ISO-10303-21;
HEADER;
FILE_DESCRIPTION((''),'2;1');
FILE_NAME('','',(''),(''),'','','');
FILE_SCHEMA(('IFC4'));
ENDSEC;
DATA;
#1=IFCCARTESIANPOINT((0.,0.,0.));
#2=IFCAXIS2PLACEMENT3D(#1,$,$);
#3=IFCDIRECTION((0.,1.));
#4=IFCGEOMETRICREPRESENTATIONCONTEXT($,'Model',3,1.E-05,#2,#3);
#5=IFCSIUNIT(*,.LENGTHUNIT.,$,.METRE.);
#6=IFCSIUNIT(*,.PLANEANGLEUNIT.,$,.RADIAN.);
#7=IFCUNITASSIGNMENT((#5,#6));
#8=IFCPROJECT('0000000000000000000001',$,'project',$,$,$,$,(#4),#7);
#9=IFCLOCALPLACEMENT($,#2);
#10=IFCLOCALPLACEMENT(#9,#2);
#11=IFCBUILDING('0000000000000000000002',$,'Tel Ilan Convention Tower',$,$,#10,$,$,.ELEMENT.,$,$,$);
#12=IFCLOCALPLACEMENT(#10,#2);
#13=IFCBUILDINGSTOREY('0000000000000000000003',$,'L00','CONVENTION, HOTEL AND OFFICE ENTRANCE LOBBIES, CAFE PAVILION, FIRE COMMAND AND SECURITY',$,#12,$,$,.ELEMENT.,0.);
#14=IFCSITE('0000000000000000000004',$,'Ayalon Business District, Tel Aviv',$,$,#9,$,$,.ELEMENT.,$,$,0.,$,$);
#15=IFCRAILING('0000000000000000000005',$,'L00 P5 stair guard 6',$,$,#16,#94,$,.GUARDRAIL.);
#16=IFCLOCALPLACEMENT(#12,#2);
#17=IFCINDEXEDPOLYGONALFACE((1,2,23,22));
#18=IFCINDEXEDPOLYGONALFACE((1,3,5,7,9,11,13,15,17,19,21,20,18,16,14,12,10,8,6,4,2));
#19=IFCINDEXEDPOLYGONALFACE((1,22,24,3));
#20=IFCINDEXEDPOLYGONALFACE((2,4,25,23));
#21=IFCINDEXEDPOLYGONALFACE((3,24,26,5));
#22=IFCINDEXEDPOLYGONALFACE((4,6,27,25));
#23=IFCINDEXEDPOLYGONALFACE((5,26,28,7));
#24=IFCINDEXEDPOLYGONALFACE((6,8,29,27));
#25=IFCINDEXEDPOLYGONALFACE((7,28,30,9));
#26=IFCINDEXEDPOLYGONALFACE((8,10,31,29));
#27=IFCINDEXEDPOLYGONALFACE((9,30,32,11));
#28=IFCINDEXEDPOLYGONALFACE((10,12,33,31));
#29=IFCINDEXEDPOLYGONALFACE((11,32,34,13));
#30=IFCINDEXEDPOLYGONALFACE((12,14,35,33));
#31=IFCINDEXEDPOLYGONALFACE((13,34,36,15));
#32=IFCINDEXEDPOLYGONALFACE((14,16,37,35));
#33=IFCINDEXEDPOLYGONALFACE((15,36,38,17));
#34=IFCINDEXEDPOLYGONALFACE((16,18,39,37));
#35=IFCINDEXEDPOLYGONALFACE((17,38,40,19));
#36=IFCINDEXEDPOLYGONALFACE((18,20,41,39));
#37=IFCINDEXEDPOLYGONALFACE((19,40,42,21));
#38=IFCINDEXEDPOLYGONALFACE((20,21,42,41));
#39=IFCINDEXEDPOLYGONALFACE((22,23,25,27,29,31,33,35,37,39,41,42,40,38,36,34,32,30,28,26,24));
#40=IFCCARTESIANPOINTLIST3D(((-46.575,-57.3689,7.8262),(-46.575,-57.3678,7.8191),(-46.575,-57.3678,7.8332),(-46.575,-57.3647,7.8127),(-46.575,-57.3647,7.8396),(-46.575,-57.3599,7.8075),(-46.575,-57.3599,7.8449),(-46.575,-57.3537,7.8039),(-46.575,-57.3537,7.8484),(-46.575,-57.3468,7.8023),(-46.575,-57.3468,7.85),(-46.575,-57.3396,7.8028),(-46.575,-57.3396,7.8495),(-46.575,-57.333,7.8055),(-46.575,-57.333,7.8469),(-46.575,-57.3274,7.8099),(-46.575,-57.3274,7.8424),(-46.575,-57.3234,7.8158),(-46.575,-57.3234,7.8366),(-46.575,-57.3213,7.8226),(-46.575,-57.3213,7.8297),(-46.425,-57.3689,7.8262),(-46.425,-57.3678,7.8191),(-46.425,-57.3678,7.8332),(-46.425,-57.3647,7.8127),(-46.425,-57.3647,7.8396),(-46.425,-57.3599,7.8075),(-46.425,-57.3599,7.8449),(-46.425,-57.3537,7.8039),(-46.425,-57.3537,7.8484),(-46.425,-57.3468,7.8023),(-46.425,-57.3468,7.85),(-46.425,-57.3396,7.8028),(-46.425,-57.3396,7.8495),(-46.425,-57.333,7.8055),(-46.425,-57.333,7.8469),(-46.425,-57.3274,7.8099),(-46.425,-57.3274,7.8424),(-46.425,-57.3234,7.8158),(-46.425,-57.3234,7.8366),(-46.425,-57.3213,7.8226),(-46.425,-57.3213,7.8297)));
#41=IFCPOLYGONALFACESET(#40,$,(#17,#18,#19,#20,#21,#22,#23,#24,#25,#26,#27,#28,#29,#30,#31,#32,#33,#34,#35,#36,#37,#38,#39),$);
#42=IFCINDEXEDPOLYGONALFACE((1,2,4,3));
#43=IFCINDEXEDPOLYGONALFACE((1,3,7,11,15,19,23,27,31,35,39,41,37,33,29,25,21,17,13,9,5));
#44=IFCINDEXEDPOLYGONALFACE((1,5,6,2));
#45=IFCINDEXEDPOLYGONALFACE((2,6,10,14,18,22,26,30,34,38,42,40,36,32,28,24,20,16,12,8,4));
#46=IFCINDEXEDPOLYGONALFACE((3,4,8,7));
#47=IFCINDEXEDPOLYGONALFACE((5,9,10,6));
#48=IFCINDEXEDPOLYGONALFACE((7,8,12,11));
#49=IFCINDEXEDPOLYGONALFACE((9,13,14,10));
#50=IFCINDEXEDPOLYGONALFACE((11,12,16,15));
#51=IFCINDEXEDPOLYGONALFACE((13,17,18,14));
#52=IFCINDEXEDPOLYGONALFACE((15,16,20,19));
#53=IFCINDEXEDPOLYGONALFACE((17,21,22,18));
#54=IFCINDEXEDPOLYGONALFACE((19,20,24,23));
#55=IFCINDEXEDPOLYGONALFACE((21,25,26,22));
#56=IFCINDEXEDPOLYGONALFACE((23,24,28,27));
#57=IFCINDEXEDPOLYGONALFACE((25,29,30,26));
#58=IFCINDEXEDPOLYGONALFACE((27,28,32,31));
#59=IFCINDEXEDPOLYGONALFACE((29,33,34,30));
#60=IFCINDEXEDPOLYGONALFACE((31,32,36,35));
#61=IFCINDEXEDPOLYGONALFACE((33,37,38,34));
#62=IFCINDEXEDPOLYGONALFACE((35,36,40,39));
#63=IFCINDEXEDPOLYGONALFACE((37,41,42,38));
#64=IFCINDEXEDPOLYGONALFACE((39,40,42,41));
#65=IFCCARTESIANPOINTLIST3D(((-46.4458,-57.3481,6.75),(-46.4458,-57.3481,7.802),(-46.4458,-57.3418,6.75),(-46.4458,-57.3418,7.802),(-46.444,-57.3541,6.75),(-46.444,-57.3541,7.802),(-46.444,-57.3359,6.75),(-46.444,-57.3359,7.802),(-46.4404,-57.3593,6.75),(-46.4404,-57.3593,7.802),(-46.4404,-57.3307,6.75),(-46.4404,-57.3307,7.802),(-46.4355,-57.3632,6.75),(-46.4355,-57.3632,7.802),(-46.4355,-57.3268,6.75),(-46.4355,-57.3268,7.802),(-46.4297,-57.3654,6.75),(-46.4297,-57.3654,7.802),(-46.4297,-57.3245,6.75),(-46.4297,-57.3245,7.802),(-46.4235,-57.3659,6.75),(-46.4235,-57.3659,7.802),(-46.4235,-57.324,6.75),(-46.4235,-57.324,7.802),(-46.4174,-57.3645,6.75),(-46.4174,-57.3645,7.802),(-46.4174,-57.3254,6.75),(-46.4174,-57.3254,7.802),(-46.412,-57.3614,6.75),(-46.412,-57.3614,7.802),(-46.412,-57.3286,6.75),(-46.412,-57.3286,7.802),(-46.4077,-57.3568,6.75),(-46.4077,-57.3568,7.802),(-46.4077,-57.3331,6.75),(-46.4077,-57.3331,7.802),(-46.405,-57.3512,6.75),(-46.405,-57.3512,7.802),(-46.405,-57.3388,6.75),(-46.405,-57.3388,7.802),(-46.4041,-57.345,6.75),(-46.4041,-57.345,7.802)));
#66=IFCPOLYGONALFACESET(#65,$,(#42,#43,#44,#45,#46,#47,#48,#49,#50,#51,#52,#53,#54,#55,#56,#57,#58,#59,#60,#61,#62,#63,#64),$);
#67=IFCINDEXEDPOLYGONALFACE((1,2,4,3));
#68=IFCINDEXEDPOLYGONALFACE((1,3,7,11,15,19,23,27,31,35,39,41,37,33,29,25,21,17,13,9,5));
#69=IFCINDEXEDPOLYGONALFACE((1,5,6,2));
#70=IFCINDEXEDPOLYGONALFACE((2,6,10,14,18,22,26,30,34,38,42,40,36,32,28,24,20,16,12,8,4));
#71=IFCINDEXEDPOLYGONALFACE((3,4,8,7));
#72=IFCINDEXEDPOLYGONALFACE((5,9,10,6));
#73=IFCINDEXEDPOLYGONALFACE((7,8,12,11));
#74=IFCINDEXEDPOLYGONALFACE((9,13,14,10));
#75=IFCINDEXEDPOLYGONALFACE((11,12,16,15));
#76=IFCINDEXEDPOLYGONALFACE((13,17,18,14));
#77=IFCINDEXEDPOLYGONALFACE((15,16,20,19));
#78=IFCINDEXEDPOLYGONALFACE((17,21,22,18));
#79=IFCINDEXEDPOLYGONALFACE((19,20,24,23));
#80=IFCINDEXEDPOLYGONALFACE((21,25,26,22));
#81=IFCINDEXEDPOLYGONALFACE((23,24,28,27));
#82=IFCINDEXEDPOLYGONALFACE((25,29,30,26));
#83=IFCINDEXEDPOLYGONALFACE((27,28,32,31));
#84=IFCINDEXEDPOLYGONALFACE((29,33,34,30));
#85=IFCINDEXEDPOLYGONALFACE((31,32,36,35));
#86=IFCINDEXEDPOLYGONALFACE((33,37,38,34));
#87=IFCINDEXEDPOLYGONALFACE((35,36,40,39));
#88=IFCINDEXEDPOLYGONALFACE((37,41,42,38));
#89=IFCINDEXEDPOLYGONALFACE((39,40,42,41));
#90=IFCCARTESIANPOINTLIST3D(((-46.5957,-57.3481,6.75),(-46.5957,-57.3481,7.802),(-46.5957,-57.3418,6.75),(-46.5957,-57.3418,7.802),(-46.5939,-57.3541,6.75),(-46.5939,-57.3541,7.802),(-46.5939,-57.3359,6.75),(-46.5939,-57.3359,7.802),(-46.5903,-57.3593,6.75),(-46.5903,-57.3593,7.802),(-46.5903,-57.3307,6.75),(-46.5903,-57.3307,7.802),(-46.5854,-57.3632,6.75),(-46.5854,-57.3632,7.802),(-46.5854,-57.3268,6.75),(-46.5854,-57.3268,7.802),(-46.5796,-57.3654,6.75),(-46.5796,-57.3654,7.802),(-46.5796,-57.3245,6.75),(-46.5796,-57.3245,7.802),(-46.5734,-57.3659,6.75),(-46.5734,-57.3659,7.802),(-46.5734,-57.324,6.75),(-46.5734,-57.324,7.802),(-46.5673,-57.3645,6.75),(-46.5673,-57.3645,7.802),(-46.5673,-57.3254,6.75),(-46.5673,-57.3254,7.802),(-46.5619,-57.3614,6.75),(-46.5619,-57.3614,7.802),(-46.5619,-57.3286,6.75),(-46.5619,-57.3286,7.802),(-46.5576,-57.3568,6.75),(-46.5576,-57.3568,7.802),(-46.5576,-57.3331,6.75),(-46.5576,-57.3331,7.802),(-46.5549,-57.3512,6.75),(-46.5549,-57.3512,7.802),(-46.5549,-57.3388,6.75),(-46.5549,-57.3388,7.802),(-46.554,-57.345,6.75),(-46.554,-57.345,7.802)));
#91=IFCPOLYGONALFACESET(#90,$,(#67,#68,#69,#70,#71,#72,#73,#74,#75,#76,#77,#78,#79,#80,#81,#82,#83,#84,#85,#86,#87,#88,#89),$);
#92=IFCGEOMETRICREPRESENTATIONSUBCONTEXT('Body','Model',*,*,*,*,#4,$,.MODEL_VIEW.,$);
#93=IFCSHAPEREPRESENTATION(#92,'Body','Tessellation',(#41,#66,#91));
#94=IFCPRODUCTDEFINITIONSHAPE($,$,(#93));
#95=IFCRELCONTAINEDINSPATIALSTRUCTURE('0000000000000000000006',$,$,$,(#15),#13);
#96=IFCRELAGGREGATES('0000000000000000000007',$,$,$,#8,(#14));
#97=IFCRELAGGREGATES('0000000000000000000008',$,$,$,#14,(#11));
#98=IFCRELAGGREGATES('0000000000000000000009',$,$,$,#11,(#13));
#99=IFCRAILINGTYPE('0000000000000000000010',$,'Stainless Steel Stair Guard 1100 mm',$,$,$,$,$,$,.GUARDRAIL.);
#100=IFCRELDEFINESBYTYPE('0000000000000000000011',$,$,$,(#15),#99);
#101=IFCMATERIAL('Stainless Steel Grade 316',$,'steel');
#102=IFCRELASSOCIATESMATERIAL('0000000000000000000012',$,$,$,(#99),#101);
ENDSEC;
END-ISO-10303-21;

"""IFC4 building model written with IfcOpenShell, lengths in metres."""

from ifc_helpers import new_model, si_unit, direction, frame, origin, origin_2d, place, context, subcontext, project, spatial, circle, extrude, material, type_object, element, save


model = new_model("IFC4")

# Units and contexts
model_context = context("Model", 3, precision=1e-05, world=origin(), true_north=direction((0.0, 1.0)))
body_context = subcontext(model_context, "Body", "Model", "MODEL_VIEW")
ifc_project = project(units=[si_unit("LENGTHUNIT", "METRE"), si_unit("PLANEANGLEUNIT", "RADIAN")], contexts=[model_context])

# Site, building, storey
site_placement = place(None, origin())
site = spatial("IfcSite", under=ifc_project, at=site_placement, Name="Ayalon Business District, Tel Aviv", CompositionType="ELEMENT", RefElevation=0.0)
building_placement = place(site_placement, origin())
building = spatial("IfcBuilding", under=site, at=building_placement, Name="Tel Ilan Convention Tower", CompositionType="ELEMENT")
storey_placement = place(building_placement, origin())
storey = spatial("IfcBuildingStorey", under=building, at=storey_placement, Name="L00", Description="CONVENTION, HOTEL AND OFFICE ENTRANCE LOBBIES, CAFE PAVILION, FIRE COMMAND AND SECURITY", CompositionType="ELEMENT", Elevation=0.0)

# Railing
ifc_material_1 = material(Name="Stainless Steel Grade 316", Category="steel")
railing_type_1 = type_object("IfcRailingType", Name="Stainless Steel Stair Guard 1100 mm", PredefinedType="GUARDRAIL", material=ifc_material_1)
railing_1_placement = place(storey_placement, frame((-46.425, -57.345, 6.75)))
element("IfcRailing", 1, at=railing_1_placement, inside=storey, type_object=railing_type_1, Name="L00 P5 stair guard 6", PredefinedType="GUARDRAIL", context=body_context, shape_type="SweptSolid", body=[
    extrude(circle(Radius=0.0239, at=origin_2d()), frame((0.0, 0.0, 1.0762), z_axis=(-1.0, 0.0, 0.0), x_axis=(0.0, -1.0, 0.0)), (0.0, 0.0, 1.0), 0.1499),
    extrude(circle(Radius=0.021, at=origin_2d()), origin(), (0.0, 0.0, 1.0), 1.052),
    extrude(circle(Radius=0.021, at=origin_2d()), frame((-0.1499, 0.0, 0.0)), (0.0, 0.0, 1.0), 1.052),
])

save(model, "model.ifc")
